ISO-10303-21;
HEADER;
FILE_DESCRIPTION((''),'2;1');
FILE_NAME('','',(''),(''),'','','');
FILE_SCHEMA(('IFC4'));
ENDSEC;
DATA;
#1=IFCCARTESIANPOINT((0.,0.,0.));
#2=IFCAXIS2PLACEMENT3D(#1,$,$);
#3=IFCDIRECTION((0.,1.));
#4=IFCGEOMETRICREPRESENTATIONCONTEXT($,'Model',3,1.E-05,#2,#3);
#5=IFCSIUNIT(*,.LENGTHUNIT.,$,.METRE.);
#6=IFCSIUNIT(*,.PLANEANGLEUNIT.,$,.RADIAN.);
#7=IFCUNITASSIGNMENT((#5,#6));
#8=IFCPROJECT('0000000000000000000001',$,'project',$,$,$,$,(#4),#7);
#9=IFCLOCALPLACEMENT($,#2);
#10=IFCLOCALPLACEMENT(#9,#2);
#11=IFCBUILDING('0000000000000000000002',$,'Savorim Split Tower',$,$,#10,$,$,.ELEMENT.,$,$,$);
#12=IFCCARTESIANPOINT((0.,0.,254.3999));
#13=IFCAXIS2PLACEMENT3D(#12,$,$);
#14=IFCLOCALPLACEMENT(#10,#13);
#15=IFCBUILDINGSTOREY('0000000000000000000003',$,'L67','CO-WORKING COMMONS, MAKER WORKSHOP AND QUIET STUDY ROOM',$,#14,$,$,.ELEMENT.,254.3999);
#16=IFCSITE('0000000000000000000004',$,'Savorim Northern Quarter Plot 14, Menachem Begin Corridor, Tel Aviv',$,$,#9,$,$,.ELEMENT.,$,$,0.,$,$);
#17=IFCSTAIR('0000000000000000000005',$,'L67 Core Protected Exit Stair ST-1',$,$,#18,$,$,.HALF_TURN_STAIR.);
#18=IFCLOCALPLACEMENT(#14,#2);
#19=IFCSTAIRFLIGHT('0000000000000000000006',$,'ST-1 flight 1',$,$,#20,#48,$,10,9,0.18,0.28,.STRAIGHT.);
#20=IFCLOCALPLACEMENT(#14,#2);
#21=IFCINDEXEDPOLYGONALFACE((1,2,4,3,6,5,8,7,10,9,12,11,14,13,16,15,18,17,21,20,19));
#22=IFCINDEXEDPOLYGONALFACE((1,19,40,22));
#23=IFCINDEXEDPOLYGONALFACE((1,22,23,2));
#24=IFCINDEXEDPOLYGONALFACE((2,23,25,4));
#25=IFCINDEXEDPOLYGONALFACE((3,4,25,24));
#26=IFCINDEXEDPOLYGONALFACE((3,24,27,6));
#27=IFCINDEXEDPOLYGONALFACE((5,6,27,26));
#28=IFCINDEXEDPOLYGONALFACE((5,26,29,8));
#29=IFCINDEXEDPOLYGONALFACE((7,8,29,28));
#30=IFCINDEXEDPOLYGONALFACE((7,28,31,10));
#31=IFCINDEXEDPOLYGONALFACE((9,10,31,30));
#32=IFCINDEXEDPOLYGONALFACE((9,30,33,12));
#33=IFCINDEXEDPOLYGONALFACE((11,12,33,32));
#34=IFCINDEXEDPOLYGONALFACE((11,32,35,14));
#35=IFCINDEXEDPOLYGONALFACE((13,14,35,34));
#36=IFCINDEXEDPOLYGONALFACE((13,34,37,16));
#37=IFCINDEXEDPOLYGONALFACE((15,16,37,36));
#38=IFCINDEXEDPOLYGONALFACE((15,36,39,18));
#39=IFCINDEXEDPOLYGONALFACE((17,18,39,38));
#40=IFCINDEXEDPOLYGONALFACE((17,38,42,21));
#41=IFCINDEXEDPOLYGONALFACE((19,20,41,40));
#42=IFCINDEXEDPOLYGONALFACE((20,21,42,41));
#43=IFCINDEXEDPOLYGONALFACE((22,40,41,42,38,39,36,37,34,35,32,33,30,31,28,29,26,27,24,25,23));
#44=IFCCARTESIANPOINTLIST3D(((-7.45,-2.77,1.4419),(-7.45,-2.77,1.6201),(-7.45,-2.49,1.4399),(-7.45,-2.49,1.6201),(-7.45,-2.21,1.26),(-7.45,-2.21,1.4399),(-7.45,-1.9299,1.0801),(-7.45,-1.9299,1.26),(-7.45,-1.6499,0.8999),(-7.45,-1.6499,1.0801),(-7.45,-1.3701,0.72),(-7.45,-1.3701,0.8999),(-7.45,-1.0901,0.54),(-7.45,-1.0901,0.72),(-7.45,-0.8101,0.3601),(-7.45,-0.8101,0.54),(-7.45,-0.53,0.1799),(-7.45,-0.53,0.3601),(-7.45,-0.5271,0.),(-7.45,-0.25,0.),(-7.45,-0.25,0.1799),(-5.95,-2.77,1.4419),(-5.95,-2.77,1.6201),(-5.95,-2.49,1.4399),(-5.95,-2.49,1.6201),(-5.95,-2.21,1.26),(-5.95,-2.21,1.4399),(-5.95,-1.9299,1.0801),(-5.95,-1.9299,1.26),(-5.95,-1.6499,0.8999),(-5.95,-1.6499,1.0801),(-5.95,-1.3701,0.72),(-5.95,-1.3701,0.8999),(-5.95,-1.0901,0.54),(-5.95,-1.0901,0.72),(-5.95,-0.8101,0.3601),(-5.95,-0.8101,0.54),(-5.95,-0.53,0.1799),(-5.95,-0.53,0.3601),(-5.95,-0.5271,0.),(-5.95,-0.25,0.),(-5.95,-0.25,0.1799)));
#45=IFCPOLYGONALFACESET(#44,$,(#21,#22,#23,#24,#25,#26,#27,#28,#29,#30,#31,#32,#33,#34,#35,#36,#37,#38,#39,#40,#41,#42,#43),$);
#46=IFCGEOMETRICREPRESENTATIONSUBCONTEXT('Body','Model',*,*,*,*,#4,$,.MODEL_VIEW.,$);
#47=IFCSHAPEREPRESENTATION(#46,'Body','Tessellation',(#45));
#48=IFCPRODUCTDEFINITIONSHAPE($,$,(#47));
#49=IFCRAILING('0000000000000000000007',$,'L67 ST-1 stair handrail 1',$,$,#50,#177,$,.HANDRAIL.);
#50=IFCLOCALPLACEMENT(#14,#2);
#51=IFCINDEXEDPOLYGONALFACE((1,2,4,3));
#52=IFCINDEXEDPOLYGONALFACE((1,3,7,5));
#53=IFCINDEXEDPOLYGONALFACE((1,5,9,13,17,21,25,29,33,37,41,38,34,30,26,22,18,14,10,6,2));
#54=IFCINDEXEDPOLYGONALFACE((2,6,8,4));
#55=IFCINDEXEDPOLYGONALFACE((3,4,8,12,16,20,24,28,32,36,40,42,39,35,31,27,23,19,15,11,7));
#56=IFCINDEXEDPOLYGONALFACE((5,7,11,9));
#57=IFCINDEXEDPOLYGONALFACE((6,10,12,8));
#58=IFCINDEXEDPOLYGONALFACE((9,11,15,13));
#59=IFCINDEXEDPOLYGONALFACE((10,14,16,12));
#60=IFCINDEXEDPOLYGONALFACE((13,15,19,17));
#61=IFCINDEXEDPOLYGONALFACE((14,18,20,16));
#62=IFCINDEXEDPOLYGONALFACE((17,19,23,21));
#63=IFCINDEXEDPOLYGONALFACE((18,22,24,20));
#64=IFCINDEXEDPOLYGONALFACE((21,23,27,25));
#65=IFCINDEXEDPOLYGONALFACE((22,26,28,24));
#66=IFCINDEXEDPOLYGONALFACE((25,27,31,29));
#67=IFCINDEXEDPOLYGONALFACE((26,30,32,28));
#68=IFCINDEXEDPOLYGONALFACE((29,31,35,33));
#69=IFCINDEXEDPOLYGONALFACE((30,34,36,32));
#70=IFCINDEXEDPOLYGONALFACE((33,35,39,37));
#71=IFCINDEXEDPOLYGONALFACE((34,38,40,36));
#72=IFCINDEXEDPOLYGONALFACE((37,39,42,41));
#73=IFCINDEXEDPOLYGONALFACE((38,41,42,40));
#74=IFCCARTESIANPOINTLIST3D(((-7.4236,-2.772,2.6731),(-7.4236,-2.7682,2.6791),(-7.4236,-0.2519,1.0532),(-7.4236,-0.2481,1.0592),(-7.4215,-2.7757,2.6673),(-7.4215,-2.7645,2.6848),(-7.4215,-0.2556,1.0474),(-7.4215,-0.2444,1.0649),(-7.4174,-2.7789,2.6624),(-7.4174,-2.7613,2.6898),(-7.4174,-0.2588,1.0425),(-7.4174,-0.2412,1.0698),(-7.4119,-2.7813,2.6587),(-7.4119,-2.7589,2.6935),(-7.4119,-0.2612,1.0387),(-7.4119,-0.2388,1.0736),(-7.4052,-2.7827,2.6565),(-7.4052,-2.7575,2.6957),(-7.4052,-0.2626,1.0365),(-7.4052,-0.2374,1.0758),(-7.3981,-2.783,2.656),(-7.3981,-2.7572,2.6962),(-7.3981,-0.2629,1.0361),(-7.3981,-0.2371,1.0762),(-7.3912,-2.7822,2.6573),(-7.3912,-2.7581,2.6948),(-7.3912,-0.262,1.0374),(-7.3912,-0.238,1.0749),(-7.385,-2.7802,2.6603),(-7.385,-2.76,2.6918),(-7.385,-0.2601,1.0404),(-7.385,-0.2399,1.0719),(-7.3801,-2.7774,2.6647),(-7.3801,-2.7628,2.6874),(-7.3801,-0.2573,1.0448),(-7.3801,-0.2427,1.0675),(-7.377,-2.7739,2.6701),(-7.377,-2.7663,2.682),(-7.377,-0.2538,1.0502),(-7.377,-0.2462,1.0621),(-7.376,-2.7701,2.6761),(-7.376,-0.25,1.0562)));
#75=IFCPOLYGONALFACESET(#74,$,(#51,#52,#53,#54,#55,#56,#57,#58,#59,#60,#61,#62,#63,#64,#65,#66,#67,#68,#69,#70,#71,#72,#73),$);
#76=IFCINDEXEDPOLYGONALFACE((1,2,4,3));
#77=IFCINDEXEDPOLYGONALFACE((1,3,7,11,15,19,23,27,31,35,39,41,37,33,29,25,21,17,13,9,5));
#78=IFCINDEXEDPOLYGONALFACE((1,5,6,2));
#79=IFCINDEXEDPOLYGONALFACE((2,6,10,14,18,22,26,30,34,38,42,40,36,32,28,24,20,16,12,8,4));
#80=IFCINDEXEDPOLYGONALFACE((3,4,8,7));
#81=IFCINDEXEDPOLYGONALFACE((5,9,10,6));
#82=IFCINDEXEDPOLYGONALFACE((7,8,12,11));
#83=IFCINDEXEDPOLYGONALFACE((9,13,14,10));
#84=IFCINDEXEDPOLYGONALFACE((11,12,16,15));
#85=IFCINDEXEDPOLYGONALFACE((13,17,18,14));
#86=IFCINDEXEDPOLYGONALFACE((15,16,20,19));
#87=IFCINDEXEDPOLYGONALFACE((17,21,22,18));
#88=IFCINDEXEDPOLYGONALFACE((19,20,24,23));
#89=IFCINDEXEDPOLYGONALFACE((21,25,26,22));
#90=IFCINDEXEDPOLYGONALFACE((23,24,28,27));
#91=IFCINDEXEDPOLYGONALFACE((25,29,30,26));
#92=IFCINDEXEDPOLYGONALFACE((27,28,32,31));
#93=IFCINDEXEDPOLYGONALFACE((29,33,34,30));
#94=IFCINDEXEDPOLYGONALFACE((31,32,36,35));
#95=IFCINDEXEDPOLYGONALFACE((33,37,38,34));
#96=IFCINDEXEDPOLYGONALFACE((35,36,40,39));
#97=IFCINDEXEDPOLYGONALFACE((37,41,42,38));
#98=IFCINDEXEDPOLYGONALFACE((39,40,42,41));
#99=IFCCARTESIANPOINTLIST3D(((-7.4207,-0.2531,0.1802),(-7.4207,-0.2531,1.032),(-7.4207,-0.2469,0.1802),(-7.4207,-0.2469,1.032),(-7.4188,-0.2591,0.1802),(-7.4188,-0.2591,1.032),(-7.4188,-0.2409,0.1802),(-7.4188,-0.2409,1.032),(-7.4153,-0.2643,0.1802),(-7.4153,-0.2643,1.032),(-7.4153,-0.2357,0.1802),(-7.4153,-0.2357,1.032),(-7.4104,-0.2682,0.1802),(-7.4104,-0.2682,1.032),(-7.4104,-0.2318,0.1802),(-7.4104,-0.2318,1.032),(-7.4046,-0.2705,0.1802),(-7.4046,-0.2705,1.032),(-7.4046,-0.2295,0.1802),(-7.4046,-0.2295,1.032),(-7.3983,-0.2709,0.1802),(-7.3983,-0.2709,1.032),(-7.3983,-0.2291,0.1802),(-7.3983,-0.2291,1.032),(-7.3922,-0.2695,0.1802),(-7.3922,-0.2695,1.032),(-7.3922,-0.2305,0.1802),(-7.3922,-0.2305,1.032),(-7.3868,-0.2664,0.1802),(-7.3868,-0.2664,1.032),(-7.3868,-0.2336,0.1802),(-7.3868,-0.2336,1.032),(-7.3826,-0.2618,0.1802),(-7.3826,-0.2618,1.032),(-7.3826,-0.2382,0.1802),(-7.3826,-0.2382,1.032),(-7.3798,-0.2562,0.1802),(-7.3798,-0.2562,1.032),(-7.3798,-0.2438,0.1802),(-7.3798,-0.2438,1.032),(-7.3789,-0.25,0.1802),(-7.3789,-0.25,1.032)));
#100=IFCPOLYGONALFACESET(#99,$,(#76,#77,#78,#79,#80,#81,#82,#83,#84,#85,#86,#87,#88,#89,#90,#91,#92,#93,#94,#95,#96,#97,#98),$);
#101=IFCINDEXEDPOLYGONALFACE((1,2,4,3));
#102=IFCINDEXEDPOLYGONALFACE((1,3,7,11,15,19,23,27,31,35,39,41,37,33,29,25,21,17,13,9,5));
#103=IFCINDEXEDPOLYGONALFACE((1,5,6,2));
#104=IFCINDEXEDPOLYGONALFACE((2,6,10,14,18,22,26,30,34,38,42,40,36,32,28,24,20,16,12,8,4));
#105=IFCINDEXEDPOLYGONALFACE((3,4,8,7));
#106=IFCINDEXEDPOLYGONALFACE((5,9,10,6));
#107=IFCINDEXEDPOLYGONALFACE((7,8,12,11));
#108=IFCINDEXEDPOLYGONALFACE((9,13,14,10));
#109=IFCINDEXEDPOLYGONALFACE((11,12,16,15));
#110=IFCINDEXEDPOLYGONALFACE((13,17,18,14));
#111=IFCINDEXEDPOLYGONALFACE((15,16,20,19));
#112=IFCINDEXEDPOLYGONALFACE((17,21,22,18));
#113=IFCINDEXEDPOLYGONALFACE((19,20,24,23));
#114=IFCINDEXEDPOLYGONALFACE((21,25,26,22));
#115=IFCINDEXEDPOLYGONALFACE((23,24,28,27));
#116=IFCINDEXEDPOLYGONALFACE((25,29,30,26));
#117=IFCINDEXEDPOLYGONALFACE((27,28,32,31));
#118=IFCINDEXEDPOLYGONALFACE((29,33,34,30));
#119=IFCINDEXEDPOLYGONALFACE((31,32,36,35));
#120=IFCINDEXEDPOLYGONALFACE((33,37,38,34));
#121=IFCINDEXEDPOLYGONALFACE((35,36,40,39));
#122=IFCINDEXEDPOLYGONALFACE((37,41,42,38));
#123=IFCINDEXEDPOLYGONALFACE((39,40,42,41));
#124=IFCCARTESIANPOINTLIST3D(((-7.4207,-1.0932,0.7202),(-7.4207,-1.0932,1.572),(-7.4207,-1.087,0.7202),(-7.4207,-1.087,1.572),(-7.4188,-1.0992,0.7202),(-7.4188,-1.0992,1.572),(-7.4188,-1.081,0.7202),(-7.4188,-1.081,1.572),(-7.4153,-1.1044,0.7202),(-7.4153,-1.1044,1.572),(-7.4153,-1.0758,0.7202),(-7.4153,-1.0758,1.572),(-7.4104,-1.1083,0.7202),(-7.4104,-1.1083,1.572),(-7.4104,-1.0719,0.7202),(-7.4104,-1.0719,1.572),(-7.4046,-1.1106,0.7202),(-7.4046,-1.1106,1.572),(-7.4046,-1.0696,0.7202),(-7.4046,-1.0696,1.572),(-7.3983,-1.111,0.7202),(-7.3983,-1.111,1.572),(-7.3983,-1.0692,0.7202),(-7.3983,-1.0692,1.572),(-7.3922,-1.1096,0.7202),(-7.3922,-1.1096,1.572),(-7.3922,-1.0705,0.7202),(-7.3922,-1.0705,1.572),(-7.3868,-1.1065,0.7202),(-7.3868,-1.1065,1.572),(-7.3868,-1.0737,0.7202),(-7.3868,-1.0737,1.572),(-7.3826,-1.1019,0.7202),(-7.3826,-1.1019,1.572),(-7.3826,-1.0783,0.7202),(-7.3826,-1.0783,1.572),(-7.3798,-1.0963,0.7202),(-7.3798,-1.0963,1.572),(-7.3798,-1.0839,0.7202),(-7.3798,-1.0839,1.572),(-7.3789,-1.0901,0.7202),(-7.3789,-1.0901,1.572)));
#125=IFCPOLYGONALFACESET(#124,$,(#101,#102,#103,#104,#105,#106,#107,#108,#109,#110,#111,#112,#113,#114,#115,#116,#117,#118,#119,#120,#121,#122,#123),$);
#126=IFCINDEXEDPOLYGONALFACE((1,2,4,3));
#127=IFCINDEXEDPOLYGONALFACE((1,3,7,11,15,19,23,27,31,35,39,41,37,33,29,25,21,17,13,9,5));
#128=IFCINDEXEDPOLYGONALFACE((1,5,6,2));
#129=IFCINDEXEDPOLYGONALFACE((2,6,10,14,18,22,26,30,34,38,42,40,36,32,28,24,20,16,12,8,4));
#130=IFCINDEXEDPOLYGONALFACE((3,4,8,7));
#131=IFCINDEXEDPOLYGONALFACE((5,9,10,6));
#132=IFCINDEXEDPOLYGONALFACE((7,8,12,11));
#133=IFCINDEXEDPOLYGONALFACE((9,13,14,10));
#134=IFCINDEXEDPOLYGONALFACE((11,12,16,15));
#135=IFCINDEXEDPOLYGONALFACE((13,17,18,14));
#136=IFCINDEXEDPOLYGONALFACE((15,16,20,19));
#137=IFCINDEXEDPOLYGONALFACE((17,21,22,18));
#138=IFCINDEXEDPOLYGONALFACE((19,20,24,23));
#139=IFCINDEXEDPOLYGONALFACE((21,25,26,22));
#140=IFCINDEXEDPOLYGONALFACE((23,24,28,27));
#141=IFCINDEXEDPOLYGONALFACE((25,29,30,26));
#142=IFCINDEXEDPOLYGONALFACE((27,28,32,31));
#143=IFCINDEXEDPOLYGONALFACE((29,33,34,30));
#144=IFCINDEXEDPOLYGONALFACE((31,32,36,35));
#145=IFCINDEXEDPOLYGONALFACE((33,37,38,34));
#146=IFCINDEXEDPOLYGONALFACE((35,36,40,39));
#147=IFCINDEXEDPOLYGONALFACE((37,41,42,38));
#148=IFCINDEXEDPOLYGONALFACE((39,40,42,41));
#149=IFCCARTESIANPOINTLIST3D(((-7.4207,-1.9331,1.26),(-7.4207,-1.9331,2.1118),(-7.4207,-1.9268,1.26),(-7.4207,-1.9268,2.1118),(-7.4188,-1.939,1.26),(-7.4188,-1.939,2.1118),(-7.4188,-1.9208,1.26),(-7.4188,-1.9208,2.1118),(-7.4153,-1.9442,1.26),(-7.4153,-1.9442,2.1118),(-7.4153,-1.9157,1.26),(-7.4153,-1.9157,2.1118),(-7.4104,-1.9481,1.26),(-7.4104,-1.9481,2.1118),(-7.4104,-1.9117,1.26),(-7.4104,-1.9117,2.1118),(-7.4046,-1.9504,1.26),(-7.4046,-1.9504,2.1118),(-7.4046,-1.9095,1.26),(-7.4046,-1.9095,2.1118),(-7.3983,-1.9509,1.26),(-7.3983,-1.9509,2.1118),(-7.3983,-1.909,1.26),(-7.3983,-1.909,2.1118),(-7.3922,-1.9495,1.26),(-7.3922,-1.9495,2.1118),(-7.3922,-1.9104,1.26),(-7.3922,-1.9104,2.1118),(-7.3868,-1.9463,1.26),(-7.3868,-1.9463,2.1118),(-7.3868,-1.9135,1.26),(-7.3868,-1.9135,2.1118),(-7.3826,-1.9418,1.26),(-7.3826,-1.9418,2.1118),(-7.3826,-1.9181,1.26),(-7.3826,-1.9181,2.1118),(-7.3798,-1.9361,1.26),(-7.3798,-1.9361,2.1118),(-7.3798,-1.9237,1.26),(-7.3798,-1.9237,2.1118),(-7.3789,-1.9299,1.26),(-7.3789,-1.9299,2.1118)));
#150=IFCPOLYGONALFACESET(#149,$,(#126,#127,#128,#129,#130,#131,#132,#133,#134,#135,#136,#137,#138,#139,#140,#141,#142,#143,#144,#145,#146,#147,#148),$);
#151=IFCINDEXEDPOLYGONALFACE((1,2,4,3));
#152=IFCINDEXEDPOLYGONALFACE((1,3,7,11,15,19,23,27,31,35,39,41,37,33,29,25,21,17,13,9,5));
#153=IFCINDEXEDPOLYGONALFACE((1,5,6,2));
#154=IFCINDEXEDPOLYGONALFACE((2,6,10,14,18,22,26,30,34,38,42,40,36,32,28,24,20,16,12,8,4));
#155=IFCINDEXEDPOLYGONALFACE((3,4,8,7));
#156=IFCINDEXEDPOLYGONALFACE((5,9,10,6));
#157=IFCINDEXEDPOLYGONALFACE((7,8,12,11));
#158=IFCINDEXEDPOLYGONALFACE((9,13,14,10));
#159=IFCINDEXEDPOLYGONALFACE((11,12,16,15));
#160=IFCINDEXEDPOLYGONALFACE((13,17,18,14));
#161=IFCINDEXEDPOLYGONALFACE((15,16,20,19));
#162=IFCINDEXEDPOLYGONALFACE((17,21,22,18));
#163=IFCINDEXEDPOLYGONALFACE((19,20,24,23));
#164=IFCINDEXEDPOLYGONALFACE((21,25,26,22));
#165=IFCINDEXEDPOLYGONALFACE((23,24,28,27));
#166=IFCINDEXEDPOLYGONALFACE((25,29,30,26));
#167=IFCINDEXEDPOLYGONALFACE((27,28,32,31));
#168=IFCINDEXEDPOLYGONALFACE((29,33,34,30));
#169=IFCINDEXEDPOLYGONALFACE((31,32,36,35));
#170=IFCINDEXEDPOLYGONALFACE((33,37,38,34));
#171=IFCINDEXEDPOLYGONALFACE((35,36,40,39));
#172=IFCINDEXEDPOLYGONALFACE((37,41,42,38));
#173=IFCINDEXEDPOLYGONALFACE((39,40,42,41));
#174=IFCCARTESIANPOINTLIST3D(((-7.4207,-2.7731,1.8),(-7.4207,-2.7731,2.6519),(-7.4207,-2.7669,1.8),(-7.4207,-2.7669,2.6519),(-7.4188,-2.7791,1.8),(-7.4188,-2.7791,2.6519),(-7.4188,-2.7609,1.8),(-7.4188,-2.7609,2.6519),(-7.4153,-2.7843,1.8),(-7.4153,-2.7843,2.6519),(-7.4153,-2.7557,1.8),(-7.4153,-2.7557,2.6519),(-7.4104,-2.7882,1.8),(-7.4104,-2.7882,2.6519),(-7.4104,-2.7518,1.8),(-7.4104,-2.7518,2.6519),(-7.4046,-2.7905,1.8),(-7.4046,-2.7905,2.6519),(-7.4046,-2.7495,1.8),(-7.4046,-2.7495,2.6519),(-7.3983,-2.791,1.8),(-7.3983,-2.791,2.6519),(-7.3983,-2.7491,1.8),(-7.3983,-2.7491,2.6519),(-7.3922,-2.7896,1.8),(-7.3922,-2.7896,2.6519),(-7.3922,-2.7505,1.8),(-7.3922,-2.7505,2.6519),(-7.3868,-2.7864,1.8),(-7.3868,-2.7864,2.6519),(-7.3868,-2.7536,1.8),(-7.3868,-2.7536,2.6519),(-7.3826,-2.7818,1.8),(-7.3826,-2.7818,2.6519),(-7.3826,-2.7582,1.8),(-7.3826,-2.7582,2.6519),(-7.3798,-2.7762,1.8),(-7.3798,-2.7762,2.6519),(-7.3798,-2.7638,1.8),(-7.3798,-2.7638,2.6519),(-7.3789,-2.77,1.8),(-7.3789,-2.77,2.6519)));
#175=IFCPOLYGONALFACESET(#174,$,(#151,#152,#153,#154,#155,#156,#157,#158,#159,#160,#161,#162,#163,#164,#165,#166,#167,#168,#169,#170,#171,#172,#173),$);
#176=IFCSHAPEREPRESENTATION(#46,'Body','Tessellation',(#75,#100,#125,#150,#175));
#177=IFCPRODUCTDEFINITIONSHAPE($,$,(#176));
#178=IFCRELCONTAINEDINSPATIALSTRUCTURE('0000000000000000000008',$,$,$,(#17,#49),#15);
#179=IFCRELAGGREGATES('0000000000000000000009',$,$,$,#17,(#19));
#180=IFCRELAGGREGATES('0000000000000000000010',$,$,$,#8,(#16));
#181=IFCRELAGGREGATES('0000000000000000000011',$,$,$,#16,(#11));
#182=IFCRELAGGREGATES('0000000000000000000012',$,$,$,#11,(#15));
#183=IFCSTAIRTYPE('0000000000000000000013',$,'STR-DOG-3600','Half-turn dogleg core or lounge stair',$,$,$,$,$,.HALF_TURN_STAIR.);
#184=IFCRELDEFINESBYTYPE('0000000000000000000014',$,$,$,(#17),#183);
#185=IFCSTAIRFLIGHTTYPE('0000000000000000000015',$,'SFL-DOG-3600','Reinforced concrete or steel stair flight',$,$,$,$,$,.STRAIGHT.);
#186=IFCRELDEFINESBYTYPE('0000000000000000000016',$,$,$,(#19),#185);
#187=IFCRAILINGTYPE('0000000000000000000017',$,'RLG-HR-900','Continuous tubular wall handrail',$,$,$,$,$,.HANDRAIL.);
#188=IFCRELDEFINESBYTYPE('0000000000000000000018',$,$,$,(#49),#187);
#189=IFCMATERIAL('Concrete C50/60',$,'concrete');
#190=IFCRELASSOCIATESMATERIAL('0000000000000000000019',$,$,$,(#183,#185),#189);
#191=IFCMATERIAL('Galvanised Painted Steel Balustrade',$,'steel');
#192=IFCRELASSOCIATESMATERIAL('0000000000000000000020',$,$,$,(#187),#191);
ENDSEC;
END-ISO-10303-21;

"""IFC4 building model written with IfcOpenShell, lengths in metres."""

from ifc_helpers import new_model, si_unit, direction, frame, origin, origin_2d, place, context, subcontext, project, spatial, polyline, circle, outline, extrude, material, type_object, element, aggregate, save


model = new_model("IFC4")

# Units and contexts
model_context = context("Model", 3, precision=1e-05, world=origin(), true_north=direction((0.0, 1.0)))
body_context = subcontext(model_context, "Body", "Model", "MODEL_VIEW")
ifc_project = project(units=[si_unit("LENGTHUNIT", "METRE"), si_unit("PLANEANGLEUNIT", "RADIAN")], contexts=[model_context])

# Site, building, storey
site_placement = place(None, origin())
site = spatial("IfcSite", under=ifc_project, at=site_placement, Name="Savorim Northern Quarter Plot 14, Menachem Begin Corridor, Tel Aviv", CompositionType="ELEMENT", RefElevation=0.0)
building_placement = place(site_placement, origin())
building = spatial("IfcBuilding", under=site, at=building_placement, Name="Savorim Split Tower", CompositionType="ELEMENT")
storey_placement = place(building_placement, frame((0.0, 0.0, 254.3999)))
storey = spatial("IfcBuildingStorey", under=building, at=storey_placement, Name="L67", Description="CO-WORKING COMMONS, MAKER WORKSHOP AND QUIET STUDY ROOM", CompositionType="ELEMENT", Elevation=254.3999)

# Shared definitions
ifc_material_1 = material(Name="Concrete C50/60", Category="concrete")

# Stair, stair flight
stair_type = type_object("IfcStairType", Name="STR-DOG-3600", Description="Half-turn dogleg core or lounge stair", PredefinedType="HALF_TURN_STAIR", material=ifc_material_1)
stair_placement = place(storey_placement, origin())
stair = element("IfcStair", 1, at=stair_placement, inside=storey, type_object=stair_type, Name="L67 Core Protected Exit Stair ST-1", PredefinedType="HALF_TURN_STAIR")
stair_flight_type = type_object("IfcStairFlightType", Name="SFL-DOG-3600", Description="Reinforced concrete or steel stair flight", PredefinedType="STRAIGHT", material=ifc_material_1)
stair_flight_placement = place(storey_placement, frame((-6.7, -0.25, 0.0), z_axis=(0.0, 0.0, 1.0), x_axis=(0.0, -1.0, 0.0)))
stair_flight = element("IfcStairFlight", 2, at=stair_flight_placement, type_object=stair_flight_type, Name="ST-1 flight 1", NumberOfRisers=10, NumberOfTreads=9, PredefinedType="STRAIGHT", RiserHeight=0.18, TreadLength=0.28, context=body_context, shape_type="SweptSolid", body=[
    extrude(outline(polyline([(0.0, 0.0), (0.0, 0.1799), (0.28, 0.1799), (0.28, 0.3601), (0.5601, 0.3601), (0.5601, 0.54), (0.8401, 0.54), (0.8401, 0.72), (1.1201, 0.72), (1.1201, 0.8999), (1.3999, 0.8999), (1.3999, 1.0801), (1.6799, 1.0801), (1.6799, 1.26), (1.96, 1.26), (1.96, 1.4399), (2.24, 1.4399), (2.24, 1.6201), (2.52, 1.6201), (2.52, 1.8), (2.52, 1.4419), (0.2771, 0.0), (0.0, 0.0)])), frame((0.0, 0.75, 0.0), z_axis=(0.0, -1.0, 0.0), x_axis=(1.0, 0.0, 0.0)), (0.0, 0.0, 1.0), 1.5),
])
aggregate(stair, [stair_flight])

# Railing
ifc_material_2 = material(Name="Galvanised Painted Steel Balustrade", Category="steel")
railing_type_1 = type_object("IfcRailingType", Name="RLG-HR-900", Description="Continuous tubular wall handrail", PredefinedType="HANDRAIL", material=ifc_material_2)
railing_1_placement = place(storey_placement, frame((-7.3999, -0.25, 0.1802)))
element("IfcRailing", 3, at=railing_1_placement, inside=storey, type_object=railing_type_1, Name="L67 ST-1 stair handrail 1", PredefinedType="HANDRAIL", context=body_context, shape_type="SweptSolid", body=[
    extrude(circle(Radius=0.0239, at=origin_2d()), frame((0.0, 0.0, 0.876), z_axis=(0.0, -0.8412, 0.540725), x_axis=(1.0, 0.0, 0.0)), (0.0, 0.0, 1.0), 2.9958),
    extrude(circle(Radius=0.021, at=origin_2d()), origin(), (0.0, 0.0, 1.0), 0.8518),
    extrude(circle(Radius=0.021, at=origin_2d()), frame((0.0, -0.8401, 0.54)), (0.0, 0.0, 1.0), 0.8518),
    extrude(circle(Radius=0.021, at=origin_2d()), frame((0.0, -1.6799, 1.0798)), (0.0, 0.0, 1.0), 0.8518),
    extrude(circle(Radius=0.021, at=origin_2d()), frame((0.0, -2.52, 1.6199)), (0.0, 0.0, 1.0), 0.8518),
])

save(model, "model.ifc")
